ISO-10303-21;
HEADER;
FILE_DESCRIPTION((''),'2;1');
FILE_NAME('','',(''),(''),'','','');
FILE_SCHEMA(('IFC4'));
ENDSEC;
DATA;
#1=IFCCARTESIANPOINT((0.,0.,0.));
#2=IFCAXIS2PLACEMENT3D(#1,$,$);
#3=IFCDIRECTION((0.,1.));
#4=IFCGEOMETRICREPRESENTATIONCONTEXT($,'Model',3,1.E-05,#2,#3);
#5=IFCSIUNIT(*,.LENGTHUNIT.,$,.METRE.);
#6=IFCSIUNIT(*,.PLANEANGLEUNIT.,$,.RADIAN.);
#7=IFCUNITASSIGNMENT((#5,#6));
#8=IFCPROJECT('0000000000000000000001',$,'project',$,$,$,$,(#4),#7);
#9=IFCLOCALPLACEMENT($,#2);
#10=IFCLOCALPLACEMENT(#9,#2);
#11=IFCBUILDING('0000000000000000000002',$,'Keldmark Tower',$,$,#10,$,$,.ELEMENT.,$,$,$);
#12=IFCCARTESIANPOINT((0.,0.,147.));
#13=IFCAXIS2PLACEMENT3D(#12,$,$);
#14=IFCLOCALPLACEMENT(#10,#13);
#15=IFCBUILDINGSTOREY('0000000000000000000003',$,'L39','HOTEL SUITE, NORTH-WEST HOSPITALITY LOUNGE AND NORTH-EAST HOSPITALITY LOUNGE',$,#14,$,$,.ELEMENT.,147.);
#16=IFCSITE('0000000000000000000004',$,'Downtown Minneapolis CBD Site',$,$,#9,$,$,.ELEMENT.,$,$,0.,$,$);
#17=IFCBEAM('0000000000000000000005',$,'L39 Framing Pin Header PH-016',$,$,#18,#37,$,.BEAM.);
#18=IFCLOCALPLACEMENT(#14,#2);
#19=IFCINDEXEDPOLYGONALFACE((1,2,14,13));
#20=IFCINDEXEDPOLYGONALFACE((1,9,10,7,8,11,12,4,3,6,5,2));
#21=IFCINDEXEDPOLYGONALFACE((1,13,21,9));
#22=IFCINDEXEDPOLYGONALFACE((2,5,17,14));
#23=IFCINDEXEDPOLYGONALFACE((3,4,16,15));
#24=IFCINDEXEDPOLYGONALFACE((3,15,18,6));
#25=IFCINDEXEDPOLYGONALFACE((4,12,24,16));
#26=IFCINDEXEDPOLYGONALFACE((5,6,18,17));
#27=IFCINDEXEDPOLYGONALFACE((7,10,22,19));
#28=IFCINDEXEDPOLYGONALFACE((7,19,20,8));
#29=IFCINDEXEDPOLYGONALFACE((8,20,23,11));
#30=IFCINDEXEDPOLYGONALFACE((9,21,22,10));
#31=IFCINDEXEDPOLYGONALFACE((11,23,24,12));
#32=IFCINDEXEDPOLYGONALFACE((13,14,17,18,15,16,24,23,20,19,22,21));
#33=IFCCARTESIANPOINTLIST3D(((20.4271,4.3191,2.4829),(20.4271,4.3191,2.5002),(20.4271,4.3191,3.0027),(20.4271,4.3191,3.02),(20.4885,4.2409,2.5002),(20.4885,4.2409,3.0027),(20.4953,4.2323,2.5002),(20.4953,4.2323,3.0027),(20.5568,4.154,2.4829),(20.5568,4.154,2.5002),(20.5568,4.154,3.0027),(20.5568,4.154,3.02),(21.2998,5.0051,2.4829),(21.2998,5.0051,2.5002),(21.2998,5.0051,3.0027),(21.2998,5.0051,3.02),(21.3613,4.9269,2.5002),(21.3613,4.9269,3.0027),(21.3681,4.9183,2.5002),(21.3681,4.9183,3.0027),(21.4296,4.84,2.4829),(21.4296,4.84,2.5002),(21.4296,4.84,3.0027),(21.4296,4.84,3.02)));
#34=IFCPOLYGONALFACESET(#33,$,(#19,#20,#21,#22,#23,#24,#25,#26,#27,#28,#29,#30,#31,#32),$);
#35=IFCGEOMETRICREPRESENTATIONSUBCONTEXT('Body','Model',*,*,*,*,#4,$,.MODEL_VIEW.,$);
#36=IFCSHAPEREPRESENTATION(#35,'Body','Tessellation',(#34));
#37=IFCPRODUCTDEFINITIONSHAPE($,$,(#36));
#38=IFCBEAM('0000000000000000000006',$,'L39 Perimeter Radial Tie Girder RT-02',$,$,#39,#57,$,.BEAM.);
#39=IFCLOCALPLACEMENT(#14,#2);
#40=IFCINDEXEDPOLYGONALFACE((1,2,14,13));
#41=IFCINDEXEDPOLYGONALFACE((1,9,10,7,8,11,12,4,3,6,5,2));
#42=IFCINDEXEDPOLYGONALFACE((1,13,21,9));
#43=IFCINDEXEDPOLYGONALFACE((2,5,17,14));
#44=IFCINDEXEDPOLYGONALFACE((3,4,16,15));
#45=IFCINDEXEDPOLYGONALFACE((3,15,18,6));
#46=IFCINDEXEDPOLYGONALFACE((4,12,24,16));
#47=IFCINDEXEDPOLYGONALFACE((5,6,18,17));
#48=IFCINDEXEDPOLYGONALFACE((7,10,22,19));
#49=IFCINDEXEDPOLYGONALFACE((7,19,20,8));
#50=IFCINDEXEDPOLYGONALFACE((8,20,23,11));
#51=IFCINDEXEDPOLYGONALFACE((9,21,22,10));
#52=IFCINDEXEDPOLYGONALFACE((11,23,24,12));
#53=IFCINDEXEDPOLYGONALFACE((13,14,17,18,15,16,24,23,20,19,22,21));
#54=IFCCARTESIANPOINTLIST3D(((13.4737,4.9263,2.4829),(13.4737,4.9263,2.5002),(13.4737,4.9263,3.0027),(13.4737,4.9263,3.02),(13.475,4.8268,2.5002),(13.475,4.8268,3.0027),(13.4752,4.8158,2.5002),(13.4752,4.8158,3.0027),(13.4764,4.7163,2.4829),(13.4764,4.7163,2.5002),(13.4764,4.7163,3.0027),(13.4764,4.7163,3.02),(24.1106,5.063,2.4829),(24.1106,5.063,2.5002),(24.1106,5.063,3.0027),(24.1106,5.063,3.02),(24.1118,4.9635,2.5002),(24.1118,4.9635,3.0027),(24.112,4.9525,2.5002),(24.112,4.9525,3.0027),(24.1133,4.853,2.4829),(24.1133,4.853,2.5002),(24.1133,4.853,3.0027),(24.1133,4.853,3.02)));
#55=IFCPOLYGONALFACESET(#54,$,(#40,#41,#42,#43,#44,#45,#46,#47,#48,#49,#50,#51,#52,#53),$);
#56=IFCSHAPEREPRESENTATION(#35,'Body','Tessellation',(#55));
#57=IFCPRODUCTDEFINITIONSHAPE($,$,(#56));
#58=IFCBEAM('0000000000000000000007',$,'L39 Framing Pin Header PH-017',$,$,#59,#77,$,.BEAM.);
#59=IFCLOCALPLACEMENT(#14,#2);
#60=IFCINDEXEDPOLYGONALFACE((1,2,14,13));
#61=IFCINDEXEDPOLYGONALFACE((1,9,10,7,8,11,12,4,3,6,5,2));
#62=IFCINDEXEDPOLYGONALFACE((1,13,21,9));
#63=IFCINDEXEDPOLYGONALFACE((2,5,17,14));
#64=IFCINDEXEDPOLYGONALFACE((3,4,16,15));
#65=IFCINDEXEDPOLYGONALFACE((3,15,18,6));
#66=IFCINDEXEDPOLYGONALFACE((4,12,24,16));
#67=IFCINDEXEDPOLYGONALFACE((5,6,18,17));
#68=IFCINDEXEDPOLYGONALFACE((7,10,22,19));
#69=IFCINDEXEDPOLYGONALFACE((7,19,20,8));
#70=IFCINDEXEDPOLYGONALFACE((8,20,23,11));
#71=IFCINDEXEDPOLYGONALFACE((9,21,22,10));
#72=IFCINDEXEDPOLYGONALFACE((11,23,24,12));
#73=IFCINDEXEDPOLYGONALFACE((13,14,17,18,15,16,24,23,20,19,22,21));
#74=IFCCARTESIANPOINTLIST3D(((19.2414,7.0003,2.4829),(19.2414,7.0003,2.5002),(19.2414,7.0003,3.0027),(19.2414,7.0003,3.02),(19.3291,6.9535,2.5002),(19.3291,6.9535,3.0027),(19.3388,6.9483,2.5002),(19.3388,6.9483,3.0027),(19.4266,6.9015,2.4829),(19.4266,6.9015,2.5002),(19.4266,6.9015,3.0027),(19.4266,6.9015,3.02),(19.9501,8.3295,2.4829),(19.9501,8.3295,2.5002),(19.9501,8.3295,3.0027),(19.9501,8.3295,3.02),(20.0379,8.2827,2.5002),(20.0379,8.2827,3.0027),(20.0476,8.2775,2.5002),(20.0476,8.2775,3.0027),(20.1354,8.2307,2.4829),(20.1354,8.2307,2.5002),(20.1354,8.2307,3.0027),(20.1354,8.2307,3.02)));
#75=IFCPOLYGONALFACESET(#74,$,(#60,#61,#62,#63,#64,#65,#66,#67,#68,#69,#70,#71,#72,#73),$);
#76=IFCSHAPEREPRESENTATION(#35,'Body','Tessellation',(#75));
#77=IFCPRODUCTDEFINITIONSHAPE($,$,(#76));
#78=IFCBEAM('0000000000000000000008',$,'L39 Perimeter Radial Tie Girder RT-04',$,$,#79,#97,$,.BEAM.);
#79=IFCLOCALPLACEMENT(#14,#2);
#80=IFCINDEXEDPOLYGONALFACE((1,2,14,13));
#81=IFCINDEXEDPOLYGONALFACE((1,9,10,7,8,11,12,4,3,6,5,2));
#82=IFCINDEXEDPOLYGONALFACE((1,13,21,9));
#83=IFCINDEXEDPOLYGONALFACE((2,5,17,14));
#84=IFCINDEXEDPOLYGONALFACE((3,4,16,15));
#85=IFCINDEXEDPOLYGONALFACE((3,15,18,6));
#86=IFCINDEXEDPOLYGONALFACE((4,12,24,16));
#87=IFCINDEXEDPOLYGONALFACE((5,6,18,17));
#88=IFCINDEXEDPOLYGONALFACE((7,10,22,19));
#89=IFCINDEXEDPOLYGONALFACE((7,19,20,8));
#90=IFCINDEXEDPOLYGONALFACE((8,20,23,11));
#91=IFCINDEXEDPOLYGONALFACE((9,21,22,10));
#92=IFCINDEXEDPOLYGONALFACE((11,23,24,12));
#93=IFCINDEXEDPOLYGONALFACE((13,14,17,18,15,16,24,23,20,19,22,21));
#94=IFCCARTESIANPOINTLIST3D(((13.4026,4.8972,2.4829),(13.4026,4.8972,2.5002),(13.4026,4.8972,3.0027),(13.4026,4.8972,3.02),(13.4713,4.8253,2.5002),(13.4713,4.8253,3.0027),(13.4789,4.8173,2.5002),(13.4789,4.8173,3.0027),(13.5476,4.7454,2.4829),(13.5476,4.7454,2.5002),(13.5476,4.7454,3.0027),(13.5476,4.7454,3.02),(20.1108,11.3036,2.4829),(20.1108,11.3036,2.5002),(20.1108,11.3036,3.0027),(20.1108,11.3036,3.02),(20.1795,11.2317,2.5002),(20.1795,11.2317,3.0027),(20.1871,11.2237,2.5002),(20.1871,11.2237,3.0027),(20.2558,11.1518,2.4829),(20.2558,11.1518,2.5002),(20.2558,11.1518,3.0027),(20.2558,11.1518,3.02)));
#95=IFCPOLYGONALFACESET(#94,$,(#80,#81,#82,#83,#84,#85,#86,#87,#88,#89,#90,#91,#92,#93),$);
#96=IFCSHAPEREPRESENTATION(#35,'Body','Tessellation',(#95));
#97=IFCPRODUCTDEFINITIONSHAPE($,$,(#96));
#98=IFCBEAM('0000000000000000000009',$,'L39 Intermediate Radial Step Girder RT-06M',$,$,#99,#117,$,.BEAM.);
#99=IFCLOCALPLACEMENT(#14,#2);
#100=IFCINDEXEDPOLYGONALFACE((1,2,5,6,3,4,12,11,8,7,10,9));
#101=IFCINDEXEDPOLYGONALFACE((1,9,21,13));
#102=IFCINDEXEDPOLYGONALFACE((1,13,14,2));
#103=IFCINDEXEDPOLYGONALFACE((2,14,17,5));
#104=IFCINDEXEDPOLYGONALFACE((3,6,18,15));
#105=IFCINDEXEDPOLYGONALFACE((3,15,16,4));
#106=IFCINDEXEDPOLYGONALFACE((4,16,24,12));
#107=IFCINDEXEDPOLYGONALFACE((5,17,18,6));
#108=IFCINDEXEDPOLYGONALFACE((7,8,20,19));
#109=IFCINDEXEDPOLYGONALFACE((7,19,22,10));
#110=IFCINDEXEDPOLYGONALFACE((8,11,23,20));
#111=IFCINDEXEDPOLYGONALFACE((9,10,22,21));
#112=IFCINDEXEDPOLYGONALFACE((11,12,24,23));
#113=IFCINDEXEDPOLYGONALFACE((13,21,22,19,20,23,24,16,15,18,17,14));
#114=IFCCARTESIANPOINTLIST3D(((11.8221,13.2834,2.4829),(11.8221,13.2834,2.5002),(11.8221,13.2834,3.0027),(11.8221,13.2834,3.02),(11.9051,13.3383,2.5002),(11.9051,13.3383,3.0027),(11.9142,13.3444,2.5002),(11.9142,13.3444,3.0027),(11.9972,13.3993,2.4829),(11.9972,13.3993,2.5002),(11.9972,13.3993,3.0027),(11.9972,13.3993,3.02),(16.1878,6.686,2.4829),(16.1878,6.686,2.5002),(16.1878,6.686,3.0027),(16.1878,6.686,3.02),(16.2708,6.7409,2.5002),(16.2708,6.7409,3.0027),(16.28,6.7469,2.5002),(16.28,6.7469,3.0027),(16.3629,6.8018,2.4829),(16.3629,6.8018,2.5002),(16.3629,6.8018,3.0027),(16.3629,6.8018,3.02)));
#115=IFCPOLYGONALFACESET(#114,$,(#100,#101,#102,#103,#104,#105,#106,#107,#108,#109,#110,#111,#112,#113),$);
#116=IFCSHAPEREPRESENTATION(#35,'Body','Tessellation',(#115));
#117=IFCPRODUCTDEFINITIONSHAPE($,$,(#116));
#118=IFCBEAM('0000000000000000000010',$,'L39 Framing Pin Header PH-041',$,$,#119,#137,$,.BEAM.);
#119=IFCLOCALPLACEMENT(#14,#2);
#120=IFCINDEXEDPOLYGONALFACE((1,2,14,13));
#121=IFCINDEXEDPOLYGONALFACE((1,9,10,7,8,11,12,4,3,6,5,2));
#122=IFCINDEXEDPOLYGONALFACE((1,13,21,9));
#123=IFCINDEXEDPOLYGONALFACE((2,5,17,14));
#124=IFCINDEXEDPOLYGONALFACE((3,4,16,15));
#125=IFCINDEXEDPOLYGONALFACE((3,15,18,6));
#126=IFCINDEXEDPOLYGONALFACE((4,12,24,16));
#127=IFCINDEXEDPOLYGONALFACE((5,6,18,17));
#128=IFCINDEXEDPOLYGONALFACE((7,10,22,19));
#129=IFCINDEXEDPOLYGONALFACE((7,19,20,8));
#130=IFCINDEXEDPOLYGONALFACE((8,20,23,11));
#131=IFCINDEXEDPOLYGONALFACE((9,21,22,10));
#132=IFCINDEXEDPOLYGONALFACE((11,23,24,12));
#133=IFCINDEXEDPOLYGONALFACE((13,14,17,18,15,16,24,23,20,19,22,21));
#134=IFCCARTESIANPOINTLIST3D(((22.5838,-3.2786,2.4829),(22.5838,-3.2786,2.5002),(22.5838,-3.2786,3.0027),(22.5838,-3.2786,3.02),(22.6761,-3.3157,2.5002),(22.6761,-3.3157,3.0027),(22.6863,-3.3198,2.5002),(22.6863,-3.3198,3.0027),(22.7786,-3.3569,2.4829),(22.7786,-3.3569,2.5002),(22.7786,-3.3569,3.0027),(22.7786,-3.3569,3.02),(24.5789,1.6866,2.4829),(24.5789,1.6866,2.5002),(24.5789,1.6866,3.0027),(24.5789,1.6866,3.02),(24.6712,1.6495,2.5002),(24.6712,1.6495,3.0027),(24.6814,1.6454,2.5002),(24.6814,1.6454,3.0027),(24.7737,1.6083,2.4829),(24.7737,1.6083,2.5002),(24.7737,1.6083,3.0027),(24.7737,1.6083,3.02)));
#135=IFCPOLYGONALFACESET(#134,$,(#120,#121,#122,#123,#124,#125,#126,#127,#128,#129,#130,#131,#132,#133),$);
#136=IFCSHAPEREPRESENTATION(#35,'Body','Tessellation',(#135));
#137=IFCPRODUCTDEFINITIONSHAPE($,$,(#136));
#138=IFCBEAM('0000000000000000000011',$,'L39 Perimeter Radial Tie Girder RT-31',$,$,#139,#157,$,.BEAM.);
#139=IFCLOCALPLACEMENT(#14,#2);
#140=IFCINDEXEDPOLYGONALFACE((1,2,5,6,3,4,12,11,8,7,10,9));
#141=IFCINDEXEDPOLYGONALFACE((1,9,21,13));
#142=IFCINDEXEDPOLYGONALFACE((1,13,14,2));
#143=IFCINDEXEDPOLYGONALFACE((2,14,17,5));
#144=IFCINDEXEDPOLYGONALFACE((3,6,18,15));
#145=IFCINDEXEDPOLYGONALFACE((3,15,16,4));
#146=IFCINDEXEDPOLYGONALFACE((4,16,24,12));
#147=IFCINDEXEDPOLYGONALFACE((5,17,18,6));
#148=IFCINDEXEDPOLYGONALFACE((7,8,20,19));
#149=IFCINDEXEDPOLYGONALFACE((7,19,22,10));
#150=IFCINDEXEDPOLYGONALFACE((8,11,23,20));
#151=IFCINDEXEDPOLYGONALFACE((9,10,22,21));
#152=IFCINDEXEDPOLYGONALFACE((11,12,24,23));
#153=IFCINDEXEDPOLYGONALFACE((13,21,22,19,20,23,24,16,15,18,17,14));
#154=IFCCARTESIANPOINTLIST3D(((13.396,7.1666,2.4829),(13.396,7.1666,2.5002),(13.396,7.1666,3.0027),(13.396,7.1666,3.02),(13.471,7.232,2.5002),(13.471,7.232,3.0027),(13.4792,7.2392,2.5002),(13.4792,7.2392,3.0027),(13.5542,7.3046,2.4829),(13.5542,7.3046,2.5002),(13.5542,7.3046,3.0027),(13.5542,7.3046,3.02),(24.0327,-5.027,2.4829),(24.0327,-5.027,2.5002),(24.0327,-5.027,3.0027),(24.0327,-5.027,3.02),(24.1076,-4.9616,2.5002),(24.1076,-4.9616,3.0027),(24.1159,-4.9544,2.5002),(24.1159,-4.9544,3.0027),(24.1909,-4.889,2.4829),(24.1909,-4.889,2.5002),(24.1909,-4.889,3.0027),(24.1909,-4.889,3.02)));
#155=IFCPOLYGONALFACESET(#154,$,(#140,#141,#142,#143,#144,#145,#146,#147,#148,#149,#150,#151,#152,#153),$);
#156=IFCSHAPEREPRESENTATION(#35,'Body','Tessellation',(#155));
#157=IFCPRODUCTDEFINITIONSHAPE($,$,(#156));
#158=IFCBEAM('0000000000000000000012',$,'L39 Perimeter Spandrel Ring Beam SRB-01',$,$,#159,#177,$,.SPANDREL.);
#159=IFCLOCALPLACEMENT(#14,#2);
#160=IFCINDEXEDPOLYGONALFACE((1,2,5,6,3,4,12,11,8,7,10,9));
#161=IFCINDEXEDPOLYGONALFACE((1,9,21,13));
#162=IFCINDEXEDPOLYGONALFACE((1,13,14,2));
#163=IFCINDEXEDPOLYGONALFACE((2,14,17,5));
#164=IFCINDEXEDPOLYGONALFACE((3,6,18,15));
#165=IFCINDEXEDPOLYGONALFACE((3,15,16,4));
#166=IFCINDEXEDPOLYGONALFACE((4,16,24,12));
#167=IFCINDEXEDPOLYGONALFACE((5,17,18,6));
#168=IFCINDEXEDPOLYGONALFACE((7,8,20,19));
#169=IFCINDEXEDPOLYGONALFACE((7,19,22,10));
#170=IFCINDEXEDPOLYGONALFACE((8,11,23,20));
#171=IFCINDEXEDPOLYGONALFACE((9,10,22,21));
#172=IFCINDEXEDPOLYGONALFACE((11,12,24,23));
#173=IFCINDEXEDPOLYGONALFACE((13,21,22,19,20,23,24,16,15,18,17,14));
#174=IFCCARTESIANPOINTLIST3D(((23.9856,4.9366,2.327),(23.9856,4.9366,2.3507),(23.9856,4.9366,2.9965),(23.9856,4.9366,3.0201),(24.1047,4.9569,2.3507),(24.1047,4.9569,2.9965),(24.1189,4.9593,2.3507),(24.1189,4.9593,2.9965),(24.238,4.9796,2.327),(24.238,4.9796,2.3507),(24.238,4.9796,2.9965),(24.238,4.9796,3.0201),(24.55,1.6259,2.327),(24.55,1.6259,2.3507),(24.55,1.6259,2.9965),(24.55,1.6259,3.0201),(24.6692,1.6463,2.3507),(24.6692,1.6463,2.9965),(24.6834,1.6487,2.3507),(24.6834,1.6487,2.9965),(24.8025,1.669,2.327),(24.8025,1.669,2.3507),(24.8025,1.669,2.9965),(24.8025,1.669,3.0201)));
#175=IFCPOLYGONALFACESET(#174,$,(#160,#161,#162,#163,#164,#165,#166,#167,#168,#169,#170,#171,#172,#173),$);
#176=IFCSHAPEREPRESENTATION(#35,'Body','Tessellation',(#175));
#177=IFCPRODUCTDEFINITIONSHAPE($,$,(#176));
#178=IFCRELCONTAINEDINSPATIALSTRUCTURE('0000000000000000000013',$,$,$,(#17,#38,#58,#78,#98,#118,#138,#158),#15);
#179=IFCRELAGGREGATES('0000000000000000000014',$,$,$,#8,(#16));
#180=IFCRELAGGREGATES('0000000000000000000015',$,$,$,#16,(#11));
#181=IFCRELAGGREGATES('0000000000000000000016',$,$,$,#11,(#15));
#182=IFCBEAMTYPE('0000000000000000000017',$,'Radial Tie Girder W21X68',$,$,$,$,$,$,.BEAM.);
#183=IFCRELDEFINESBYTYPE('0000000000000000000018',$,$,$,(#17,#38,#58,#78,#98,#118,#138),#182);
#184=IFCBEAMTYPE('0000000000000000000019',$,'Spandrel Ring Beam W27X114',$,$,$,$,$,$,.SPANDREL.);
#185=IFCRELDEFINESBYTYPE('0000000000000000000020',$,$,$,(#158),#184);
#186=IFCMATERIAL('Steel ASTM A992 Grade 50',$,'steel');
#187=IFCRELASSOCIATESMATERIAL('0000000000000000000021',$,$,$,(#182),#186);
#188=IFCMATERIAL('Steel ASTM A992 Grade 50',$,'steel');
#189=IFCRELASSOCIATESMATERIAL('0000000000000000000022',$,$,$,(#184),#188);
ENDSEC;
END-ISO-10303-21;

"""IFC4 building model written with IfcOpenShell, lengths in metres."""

from ifc_helpers import new_model, si_unit, direction, frame, origin, origin_2d, place, context, subcontext, project, spatial, i_section, extrude, material, material_profile, profile_set, type_object, element, save


model = new_model("IFC4")

# Units and contexts
model_context = context("Model", 3, precision=1e-05, world=origin(), true_north=direction((0.0, 1.0)))
body_context = subcontext(model_context, "Body", "Model", "MODEL_VIEW")
ifc_project = project(units=[si_unit("LENGTHUNIT", "METRE"), si_unit("PLANEANGLEUNIT", "RADIAN")], contexts=[model_context])

# Site, building, storey
site_placement = place(None, origin())
site = spatial("IfcSite", under=ifc_project, at=site_placement, Name="Downtown Minneapolis CBD Site", CompositionType="ELEMENT", RefElevation=0.0)
building_placement = place(site_placement, origin())
building = spatial("IfcBuilding", under=site, at=building_placement, Name="Keldmark Tower", CompositionType="ELEMENT")
storey_placement = place(building_placement, frame((0.0, 0.0, 147.0)))
storey = spatial("IfcBuildingStorey", under=building, at=storey_placement, Name="L39", Description="HOTEL SUITE, NORTH-WEST HOSPITALITY LOUNGE AND NORTH-EAST HOSPITALITY LOUNGE", CompositionType="ELEMENT", Elevation=147.0)

# Beams
ifc_material_1 = material(Name="Steel ASTM A992 Grade 50", Category="steel")
ifc_material_profile_1 = material_profile(ifc_material_1, i_section(OverallWidth=0.21, OverallDepth=0.5371, WebThickness=0.011, FlangeThickness=0.0173, at=origin_2d()), Name="W21X68")
ifc_profile_set_1 = profile_set([ifc_material_profile_1], Name="Steel ASTM A992 Grade 50")
beam_type_1 = type_object("IfcBeamType", Name="Radial Tie Girder W21X68", PredefinedType="BEAM", material=ifc_profile_set_1)
beam_1_placement = place(storey_placement, frame((20.4919, 4.2366, 2.7515), z_axis=(0.786204, 0.617967, 0.0), x_axis=(-0.617967, 0.786204, 0.0)))
element("IfcBeam", 1, at=beam_1_placement, inside=storey, type_object=beam_type_1, Name="L39 Framing Pin Header PH-016", PredefinedType="BEAM", context=body_context, shape_type="SweptSolid", body=[
    extrude(i_section(OverallWidth=0.21, OverallDepth=0.5371, WebThickness=0.011, FlangeThickness=0.0173, at=origin_2d()), origin(), (0.0, 0.0, 1.0), 1.1101),
])
beam_2_placement = place(storey_placement, frame((13.4751, 4.8213, 2.7515), z_axis=(0.999917, 0.012852, 0.0), x_axis=(-0.012852, 0.999917, 0.0)))
element("IfcBeam", 2, at=beam_2_placement, inside=storey, type_object=beam_type_1, Name="L39 Perimeter Radial Tie Girder RT-02", PredefinedType="BEAM", context=body_context, shape_type="SweptSolid", body=[
    extrude(i_section(OverallWidth=0.21, OverallDepth=0.5371, WebThickness=0.011, FlangeThickness=0.0173, at=origin_2d()), origin(), (0.0, 0.0, 1.0), 10.6377),
])
beam_3_placement = place(storey_placement, frame((19.334, 6.9509, 2.7515), z_axis=(0.470529, 0.882384, 0.0), x_axis=(-0.882384, 0.470529, 0.0)))
element("IfcBeam", 3, at=beam_3_placement, inside=storey, type_object=beam_type_1, Name="L39 Framing Pin Header PH-017", PredefinedType="BEAM", context=body_context, shape_type="SweptSolid", body=[
    extrude(i_section(OverallWidth=0.21, OverallDepth=0.5371, WebThickness=0.011, FlangeThickness=0.0173, at=origin_2d()), origin(), (0.0, 0.0, 1.0), 1.5063),
])
beam_4_placement = place(storey_placement, frame((13.4751, 4.8213, 2.7515), z_axis=(0.723185, 0.690654, 0.0), x_axis=(-0.690654, 0.723185, 0.0)))
element("IfcBeam", 4, at=beam_4_placement, inside=storey, type_object=beam_type_1, Name="L39 Perimeter Radial Tie Girder RT-04", PredefinedType="BEAM", context=body_context, shape_type="SweptSolid", body=[
    extrude(i_section(OverallWidth=0.21, OverallDepth=0.5371, WebThickness=0.011, FlangeThickness=0.0173, at=origin_2d()), origin(), (0.0, 0.0, 1.0), 9.2759),
])
beam_5_placement = place(storey_placement, frame((16.2754, 6.7439, 2.7515), z_axis=(-0.551848, 0.833945, 0.0), x_axis=(-0.833945, -0.551848, 0.0)))
element("IfcBeam", 5, at=beam_5_placement, inside=storey, type_object=beam_type_1, Name="L39 Intermediate Radial Step Girder RT-06M", PredefinedType="BEAM", context=body_context, shape_type="SweptSolid", body=[
    extrude(i_section(OverallWidth=0.21, OverallDepth=0.5371, WebThickness=0.011, FlangeThickness=0.0173, at=origin_2d()), origin(), (0.0, 0.0, 1.0), 7.9111),
])
beam_6_placement = place(storey_placement, frame((24.6763, 1.6475, 2.7515), z_axis=(-0.372838, -0.927897, 0.0), x_axis=(0.927897, -0.372838, 0.0)))
element("IfcBeam", 6, at=beam_6_placement, inside=storey, type_object=beam_type_1, Name="L39 Framing Pin Header PH-041", PredefinedType="BEAM", context=body_context, shape_type="SweptSolid", body=[
    extrude(i_section(OverallWidth=0.21, OverallDepth=0.5371, WebThickness=0.011, FlangeThickness=0.0173, at=origin_2d()), origin(), (0.0, 0.0, 1.0), 5.3511),
])
beam_7_placement = place(storey_placement, frame((13.4751, 7.2356, 2.7515), z_axis=(0.65736, -0.753577, 0.0), x_axis=(0.753577, 0.65736, 0.0)))
element("IfcBeam", 7, at=beam_7_placement, inside=storey, type_object=beam_type_1, Name="L39 Perimeter Radial Tie Girder RT-31", PredefinedType="BEAM", context=body_context, shape_type="SweptSolid", body=[
    extrude(i_section(OverallWidth=0.21, OverallDepth=0.5371, WebThickness=0.011, FlangeThickness=0.0173, at=origin_2d()), origin(), (0.0, 0.0, 1.0), 16.1809),
])
ifc_material_2 = material(Name="Steel ASTM A992 Grade 50", Category="steel")
ifc_material_profile_2 = material_profile(ifc_material_2, i_section(OverallWidth=0.2561, OverallDepth=0.6931, WebThickness=0.0144, FlangeThickness=0.0237, at=origin_2d()), Name="W27X114")
ifc_profile_set_2 = profile_set([ifc_material_profile_2], Name="Steel ASTM A992 Grade 50")
beam_type_2 = type_object("IfcBeamType", Name="Spandrel Ring Beam W27X114", PredefinedType="SPANDREL", material=ifc_profile_set_2)
beam_8_placement = place(storey_placement, frame((24.6763, 1.6475, 2.6736), z_axis=(-0.168076, 0.985774, 0.0), x_axis=(-0.985774, -0.168076, 0.0)))
element("IfcBeam", 8, at=beam_8_placement, inside=storey, type_object=beam_type_2, Name="L39 Perimeter Spandrel Ring Beam SRB-01", PredefinedType="SPANDREL", context=body_context, shape_type="SweptSolid", body=[
    extrude(i_section(OverallWidth=0.2561, OverallDepth=0.6931, WebThickness=0.0144, FlangeThickness=0.0237, at=origin_2d()), origin(), (0.0, 0.0, 1.0), 3.3584),
])

save(model, "model.ifc")
